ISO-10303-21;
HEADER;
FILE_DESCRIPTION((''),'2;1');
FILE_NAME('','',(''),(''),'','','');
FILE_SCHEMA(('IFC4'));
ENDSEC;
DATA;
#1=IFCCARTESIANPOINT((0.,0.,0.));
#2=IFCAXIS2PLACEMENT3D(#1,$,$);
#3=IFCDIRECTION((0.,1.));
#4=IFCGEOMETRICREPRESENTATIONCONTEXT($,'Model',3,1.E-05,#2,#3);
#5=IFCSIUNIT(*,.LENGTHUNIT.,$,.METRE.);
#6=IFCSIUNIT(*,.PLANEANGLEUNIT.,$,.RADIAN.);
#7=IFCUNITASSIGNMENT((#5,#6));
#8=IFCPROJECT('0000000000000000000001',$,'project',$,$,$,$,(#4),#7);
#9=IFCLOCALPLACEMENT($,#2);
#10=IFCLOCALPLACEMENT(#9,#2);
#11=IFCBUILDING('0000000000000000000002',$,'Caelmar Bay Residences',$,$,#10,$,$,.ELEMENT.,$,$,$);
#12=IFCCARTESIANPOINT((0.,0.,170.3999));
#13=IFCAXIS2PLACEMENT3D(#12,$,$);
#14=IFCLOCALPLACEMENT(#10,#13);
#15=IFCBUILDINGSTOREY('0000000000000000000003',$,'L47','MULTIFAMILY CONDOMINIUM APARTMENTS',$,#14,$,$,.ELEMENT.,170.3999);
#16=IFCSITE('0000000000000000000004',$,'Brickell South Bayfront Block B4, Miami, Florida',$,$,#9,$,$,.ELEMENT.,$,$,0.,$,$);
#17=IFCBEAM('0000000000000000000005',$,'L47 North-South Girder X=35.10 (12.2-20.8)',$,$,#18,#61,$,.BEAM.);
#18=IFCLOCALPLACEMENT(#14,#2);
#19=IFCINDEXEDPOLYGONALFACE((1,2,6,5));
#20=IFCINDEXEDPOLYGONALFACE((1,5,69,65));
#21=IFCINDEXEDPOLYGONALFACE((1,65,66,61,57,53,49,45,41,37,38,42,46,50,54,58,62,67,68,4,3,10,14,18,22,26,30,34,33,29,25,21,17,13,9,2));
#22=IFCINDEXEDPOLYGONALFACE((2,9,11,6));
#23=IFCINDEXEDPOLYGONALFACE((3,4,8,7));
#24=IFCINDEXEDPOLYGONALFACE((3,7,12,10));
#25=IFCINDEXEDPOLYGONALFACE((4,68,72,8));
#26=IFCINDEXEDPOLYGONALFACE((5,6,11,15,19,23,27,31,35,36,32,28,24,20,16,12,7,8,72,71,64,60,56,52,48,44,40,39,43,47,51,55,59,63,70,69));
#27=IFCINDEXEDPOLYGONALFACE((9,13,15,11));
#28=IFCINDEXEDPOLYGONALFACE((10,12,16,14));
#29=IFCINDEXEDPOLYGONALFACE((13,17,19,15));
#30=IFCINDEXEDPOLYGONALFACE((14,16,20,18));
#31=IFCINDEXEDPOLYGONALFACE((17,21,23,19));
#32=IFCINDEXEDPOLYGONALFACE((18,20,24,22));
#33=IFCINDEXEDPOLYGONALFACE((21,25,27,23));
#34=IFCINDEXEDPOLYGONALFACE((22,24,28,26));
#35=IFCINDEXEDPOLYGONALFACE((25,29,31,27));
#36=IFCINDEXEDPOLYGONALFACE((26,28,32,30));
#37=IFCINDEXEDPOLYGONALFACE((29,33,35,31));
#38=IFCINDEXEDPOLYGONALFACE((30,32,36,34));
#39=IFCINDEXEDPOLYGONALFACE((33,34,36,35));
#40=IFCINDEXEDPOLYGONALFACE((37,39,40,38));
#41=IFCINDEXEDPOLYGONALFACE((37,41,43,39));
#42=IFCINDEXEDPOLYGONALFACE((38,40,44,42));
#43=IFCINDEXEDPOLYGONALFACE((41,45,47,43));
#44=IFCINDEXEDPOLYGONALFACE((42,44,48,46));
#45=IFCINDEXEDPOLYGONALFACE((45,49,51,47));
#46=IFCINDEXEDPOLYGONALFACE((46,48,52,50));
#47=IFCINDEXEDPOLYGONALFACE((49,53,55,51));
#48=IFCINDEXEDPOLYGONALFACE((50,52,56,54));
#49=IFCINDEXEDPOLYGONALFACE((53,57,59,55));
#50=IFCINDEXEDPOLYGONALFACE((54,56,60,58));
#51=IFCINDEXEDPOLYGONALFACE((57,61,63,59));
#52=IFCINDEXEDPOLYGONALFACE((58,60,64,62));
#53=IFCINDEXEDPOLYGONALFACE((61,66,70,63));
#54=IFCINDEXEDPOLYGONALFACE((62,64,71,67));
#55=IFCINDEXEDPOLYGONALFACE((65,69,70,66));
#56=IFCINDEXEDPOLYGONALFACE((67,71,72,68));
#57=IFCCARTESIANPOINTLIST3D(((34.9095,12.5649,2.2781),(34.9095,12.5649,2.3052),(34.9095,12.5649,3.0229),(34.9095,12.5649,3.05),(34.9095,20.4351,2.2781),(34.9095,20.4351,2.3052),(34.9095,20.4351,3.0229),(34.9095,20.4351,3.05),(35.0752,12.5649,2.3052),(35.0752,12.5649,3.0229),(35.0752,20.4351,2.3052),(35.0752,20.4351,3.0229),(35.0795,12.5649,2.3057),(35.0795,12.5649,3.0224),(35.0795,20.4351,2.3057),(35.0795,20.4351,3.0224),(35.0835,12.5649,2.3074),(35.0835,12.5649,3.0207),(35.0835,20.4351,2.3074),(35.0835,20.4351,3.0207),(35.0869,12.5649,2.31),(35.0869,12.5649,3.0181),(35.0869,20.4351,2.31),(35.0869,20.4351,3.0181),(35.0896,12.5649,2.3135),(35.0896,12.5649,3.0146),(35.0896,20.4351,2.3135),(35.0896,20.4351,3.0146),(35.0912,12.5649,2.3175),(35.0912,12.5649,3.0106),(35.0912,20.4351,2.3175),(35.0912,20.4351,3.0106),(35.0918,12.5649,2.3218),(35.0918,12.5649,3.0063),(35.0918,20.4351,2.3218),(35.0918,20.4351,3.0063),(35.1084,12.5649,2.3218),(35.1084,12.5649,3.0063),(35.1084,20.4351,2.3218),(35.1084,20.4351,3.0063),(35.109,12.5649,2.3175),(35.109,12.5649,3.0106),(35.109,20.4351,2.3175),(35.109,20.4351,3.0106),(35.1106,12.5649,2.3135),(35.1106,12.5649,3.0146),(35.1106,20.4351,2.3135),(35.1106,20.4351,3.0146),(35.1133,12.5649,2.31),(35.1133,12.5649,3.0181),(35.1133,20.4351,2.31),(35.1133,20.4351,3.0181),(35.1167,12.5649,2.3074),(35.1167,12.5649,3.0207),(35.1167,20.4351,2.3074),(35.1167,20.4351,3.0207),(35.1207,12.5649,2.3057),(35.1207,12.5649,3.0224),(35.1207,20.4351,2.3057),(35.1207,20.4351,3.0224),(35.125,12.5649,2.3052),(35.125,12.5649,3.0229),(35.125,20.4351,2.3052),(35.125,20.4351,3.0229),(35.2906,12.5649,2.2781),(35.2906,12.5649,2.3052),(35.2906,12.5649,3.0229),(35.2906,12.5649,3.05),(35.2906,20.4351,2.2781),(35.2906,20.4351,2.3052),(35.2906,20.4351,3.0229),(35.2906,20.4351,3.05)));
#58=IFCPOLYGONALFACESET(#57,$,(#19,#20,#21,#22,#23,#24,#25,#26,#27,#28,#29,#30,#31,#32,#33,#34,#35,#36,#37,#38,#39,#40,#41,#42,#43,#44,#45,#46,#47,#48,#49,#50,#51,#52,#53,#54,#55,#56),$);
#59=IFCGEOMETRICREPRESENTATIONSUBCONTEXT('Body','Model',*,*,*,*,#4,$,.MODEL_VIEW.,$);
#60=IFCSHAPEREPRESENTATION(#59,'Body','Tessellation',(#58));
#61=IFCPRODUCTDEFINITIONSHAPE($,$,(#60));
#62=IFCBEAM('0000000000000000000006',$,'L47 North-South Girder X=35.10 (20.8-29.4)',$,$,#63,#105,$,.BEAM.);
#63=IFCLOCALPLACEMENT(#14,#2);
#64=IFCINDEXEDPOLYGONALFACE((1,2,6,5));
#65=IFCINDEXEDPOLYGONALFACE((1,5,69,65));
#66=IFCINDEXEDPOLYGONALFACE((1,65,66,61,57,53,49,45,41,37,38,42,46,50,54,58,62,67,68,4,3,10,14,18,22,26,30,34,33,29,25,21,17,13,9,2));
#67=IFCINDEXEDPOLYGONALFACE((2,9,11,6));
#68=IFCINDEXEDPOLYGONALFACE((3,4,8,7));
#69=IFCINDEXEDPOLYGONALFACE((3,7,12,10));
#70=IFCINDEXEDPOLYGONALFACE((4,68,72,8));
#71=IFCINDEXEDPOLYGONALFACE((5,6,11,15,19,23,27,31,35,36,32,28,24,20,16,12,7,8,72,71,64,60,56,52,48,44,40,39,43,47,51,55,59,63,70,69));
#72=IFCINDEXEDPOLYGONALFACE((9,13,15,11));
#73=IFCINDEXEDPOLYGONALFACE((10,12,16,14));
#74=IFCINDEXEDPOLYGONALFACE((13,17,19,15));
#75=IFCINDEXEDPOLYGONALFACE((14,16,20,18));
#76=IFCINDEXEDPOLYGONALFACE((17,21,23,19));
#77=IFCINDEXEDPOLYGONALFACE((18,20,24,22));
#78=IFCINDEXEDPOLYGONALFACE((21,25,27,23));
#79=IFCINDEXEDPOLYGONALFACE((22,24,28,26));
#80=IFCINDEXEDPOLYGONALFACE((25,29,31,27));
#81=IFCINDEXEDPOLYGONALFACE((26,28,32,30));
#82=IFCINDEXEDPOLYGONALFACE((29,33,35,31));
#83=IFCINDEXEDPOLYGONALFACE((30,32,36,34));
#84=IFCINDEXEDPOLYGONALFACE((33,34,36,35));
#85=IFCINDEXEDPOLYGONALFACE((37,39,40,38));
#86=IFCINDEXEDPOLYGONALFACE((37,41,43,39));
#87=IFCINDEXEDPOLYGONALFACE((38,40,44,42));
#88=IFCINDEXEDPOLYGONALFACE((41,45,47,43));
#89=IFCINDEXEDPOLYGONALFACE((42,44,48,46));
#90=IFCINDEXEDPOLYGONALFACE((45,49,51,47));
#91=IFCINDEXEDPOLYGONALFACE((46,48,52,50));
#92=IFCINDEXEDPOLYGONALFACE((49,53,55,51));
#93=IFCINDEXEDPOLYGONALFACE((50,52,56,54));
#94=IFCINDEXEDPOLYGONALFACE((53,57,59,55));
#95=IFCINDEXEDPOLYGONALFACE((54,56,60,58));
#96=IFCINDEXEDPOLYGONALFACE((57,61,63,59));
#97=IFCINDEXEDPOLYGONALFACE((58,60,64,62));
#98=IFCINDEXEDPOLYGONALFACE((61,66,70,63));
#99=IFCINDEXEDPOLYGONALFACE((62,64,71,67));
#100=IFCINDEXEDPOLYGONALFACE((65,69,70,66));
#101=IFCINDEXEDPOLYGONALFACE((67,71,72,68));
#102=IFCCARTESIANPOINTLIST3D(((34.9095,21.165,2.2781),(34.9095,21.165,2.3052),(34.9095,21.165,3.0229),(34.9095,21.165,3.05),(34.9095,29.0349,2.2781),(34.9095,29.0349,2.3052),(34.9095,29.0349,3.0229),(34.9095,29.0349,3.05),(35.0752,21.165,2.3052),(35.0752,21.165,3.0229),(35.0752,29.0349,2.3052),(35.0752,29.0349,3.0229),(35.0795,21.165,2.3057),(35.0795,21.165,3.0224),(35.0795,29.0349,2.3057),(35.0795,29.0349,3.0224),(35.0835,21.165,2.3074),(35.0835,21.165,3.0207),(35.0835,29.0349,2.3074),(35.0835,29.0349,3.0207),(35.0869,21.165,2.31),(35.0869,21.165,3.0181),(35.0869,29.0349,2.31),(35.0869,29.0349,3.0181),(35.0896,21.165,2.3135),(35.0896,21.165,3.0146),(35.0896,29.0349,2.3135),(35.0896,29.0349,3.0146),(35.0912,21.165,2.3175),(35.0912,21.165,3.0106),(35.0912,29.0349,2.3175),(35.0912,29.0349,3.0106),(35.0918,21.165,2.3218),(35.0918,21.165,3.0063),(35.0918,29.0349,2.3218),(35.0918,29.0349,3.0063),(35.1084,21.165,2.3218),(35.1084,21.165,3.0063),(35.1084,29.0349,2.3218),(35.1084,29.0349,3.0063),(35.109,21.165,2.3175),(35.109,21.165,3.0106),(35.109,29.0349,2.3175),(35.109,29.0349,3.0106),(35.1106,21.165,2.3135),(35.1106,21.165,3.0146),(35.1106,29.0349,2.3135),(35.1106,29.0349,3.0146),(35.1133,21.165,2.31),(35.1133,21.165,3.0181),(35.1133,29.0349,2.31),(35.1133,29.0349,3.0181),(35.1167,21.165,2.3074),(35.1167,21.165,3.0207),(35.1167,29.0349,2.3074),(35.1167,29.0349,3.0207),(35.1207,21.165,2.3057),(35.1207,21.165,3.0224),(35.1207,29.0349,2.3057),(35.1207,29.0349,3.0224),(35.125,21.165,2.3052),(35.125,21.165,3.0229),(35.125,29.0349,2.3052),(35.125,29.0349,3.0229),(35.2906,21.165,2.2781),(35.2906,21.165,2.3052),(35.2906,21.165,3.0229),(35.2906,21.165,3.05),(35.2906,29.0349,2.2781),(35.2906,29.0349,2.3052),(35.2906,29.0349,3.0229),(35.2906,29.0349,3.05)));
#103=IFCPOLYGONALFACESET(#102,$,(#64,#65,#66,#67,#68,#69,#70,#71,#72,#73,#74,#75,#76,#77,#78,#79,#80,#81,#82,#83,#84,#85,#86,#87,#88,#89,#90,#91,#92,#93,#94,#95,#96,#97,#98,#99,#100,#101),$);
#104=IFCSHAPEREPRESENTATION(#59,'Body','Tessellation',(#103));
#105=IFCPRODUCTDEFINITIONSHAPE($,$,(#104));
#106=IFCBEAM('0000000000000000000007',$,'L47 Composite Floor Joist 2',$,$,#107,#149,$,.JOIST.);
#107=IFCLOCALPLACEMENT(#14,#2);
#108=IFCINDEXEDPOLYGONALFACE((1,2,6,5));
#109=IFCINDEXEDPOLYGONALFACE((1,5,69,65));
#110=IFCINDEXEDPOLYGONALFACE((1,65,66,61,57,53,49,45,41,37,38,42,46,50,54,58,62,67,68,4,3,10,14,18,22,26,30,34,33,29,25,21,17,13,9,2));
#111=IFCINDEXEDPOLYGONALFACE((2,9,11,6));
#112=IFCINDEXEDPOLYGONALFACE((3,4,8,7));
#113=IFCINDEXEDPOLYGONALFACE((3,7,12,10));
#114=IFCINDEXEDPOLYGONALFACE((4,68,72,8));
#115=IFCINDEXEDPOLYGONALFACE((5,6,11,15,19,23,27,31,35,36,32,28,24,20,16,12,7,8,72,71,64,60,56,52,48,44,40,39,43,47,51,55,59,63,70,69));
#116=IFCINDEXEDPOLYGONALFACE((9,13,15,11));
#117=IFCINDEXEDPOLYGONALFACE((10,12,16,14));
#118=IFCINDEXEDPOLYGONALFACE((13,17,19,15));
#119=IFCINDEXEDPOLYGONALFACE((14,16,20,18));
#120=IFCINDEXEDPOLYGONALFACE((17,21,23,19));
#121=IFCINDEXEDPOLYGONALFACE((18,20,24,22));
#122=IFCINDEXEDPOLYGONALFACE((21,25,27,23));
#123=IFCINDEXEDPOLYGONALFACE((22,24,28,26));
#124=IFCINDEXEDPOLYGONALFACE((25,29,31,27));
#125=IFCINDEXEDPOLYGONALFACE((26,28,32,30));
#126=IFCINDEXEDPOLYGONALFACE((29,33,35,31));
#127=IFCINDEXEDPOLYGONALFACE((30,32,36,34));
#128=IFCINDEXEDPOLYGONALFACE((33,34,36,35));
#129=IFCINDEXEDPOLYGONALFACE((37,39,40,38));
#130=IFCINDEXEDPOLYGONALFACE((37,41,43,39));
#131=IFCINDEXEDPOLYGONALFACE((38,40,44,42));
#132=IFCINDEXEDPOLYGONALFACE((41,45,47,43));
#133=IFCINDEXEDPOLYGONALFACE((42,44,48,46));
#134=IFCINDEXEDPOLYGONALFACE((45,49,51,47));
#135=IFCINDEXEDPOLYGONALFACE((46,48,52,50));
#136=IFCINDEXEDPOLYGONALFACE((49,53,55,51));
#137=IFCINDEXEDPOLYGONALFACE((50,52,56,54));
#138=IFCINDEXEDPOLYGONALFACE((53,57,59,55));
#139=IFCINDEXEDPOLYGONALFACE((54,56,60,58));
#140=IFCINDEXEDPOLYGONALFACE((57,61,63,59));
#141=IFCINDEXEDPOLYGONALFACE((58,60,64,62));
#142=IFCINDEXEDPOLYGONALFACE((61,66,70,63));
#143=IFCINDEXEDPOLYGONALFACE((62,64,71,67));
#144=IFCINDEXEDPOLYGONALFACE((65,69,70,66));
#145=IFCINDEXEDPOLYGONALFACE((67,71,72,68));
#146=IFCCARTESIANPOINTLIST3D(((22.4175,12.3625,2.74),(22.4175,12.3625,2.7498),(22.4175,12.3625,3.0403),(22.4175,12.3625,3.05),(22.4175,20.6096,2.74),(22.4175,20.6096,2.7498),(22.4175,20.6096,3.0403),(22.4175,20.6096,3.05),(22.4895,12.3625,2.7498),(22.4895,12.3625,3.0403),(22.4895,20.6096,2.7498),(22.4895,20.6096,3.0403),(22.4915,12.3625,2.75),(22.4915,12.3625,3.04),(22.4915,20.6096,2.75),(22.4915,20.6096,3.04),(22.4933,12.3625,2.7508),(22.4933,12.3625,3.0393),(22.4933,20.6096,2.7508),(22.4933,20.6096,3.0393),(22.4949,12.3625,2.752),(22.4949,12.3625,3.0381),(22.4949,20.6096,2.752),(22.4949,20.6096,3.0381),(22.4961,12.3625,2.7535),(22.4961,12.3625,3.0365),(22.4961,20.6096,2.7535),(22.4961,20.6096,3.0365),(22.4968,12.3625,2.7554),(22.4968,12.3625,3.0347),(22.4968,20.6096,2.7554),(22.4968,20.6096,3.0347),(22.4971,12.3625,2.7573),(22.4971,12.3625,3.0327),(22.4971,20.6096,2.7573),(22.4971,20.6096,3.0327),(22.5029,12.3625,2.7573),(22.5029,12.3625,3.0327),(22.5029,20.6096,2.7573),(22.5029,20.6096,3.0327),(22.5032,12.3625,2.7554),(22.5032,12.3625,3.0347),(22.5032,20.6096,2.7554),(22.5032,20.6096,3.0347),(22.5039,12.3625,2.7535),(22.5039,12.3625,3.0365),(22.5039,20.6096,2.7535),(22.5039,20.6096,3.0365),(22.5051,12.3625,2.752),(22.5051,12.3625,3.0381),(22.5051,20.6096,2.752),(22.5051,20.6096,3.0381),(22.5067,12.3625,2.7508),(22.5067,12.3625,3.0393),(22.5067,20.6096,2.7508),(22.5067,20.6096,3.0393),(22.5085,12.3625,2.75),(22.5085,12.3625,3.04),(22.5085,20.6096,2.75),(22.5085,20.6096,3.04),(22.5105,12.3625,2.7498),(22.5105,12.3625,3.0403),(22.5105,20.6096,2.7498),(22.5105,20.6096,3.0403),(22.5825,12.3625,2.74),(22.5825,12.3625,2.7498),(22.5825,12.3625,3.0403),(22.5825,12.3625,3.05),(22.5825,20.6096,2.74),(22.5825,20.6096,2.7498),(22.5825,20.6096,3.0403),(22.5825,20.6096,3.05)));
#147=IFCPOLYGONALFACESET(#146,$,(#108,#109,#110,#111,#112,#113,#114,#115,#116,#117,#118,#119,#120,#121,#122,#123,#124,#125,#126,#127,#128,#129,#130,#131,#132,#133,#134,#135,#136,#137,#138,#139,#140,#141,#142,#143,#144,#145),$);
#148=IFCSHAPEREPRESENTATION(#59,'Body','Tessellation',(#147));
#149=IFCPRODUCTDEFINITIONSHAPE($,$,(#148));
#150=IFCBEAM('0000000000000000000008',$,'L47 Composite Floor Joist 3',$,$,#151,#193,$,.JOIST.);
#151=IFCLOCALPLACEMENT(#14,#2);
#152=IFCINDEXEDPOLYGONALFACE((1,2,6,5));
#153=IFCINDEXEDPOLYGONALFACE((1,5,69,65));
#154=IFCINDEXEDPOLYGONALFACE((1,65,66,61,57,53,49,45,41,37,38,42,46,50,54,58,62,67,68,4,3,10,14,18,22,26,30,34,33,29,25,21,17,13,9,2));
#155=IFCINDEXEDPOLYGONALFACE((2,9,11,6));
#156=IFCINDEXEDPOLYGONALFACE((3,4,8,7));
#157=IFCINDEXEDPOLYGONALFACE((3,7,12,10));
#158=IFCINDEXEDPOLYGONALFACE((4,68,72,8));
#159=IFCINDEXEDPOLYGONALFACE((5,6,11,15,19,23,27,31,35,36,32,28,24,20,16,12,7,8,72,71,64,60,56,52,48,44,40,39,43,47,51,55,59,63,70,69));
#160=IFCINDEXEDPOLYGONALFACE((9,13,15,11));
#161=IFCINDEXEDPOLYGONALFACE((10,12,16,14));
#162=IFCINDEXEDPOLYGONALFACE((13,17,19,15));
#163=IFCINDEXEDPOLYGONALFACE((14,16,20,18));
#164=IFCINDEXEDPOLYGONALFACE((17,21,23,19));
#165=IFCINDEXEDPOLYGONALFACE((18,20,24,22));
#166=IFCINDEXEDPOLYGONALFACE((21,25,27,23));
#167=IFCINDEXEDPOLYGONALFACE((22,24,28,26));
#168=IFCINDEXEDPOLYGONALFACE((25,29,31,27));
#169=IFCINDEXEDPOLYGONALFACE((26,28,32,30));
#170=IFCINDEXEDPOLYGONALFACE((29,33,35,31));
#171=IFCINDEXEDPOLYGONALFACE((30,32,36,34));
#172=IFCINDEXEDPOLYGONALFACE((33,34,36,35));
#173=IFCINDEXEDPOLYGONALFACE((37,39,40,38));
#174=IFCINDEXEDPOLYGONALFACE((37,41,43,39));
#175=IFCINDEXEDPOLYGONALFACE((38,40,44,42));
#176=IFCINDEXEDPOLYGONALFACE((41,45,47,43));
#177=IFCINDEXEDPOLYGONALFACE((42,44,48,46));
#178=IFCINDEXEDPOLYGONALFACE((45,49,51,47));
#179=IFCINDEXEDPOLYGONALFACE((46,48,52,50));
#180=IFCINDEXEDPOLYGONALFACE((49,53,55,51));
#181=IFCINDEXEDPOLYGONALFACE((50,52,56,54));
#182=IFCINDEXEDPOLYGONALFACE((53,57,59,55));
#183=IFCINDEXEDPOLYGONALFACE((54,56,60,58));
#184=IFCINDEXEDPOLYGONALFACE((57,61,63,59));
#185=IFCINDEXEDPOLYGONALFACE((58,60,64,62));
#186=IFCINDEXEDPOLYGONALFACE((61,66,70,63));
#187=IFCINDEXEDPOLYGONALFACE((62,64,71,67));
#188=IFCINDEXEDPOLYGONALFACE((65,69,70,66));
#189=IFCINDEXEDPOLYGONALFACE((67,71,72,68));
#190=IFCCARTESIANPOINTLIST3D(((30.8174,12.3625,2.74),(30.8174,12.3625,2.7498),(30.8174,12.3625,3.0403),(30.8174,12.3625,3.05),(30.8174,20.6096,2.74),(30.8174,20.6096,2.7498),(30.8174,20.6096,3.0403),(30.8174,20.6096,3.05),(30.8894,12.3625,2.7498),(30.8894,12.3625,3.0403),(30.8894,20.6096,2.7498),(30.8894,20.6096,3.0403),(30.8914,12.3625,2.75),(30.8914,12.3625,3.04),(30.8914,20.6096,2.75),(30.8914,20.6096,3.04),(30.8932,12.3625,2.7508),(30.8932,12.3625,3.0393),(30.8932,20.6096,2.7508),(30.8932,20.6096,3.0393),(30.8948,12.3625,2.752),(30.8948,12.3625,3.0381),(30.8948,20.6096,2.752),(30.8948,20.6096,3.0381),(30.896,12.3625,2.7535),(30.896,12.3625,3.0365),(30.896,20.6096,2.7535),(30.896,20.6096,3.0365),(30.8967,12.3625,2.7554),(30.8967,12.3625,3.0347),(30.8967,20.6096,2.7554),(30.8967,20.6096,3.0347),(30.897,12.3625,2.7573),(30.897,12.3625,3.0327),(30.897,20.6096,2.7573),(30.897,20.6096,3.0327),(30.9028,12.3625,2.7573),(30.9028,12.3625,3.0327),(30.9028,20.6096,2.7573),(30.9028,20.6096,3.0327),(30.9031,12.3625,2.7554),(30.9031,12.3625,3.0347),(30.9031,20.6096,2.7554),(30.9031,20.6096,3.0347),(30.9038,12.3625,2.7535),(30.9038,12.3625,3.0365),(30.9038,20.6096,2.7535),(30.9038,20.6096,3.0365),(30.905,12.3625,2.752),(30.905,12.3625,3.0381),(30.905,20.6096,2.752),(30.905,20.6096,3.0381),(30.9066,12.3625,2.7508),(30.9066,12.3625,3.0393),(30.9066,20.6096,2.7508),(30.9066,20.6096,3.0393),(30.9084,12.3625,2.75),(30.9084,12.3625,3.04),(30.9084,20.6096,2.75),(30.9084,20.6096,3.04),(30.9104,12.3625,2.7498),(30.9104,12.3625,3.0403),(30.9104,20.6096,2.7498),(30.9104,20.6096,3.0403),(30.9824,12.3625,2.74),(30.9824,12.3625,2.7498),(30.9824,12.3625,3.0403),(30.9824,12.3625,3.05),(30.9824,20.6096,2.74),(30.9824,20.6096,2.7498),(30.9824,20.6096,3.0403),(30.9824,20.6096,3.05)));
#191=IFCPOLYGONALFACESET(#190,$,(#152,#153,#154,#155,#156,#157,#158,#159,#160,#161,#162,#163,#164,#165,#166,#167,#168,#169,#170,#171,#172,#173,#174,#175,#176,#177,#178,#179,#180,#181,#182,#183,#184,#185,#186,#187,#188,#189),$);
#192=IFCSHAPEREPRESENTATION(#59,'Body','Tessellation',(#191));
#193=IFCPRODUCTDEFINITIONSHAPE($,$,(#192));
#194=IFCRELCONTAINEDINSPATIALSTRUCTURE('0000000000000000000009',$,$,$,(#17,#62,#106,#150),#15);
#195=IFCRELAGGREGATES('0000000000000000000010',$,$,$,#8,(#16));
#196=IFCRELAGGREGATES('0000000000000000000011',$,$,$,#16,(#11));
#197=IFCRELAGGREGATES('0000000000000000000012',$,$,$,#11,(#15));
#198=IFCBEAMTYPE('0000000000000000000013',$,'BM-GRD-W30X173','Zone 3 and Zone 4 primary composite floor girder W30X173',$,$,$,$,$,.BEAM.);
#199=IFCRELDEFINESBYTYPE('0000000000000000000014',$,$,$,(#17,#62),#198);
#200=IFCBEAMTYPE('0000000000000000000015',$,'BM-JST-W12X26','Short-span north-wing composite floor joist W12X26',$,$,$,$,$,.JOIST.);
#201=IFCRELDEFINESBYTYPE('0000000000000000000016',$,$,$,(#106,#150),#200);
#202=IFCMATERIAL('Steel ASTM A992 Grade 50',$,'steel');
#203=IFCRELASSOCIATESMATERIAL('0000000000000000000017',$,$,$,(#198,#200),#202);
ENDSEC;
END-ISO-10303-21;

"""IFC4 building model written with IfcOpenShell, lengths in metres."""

from ifc_helpers import new_model, si_unit, direction, frame, origin, origin_2d, place, context, subcontext, project, spatial, i_section, extrude, material, material_profile, profile_set, type_object, element, save


model = new_model("IFC4")

# Units and contexts
model_context = context("Model", 3, precision=1e-05, world=origin(), true_north=direction((0.0, 1.0)))
body_context = subcontext(model_context, "Body", "Model", "MODEL_VIEW")
ifc_project = project(units=[si_unit("LENGTHUNIT", "METRE"), si_unit("PLANEANGLEUNIT", "RADIAN")], contexts=[model_context])

# Site, building, storey
site_placement = place(None, origin())
site = spatial("IfcSite", under=ifc_project, at=site_placement, Name="Brickell South Bayfront Block B4, Miami, Florida", CompositionType="ELEMENT", RefElevation=0.0)
building_placement = place(site_placement, origin())
building = spatial("IfcBuilding", under=site, at=building_placement, Name="Caelmar Bay Residences", CompositionType="ELEMENT")
storey_placement = place(building_placement, frame((0.0, 0.0, 170.3999)))
storey = spatial("IfcBuildingStorey", under=building, at=storey_placement, Name="L47", Description="MULTIFAMILY CONDOMINIUM APARTMENTS", CompositionType="ELEMENT", Elevation=170.3999)

# Beams
ifc_material_1 = material(Name="Steel ASTM A992 Grade 50", Category="steel")
ifc_material_profile_1 = material_profile(ifc_material_1, i_section(OverallWidth=0.3811, OverallDepth=0.772, WebThickness=0.0166, FlangeThickness=0.0271, FilletRadius=0.0166, at=origin_2d()), Name="W30X173")
ifc_profile_set_1 = profile_set([ifc_material_profile_1], Name="Steel ASTM A992 Grade 50")
beam_type_1 = type_object("IfcBeamType", Name="BM-GRD-W30X173", Description="Zone 3 and Zone 4 primary composite floor girder W30X173", PredefinedType="BEAM", material=ifc_profile_set_1)
for number, where, z_axis, x_axis, name in (
    (1, (35.1001, 12.5649, 2.6641), (0.0, 1.0, 0.0), (-1.0, 0.0, 0.0), "L47 North-South Girder X=35.10 (12.2-20.8)"),
):
    element("IfcBeam", number, at=place(storey_placement, frame(where, z_axis=z_axis, x_axis=x_axis)), inside=storey, type_object=beam_type_1, Name=name, PredefinedType="BEAM", context=body_context, shape_type="SweptSolid", body=[
        extrude(i_section(OverallWidth=0.3811, OverallDepth=0.772, WebThickness=0.0166, FlangeThickness=0.0271, FilletRadius=0.0166, at=origin_2d()), origin(), (0.0, 0.0, 1.0), 7.8701),
    ])
beam_1_placement = place(storey_placement, frame((35.1001, 21.165, 2.6641), z_axis=(0.0, 1.0, 0.0), x_axis=(-1.0, 0.0, 0.0)))
element("IfcBeam", 2, at=beam_1_placement, inside=storey, type_object=beam_type_1, Name="L47 North-South Girder X=35.10 (20.8-29.4)", PredefinedType="BEAM", context=body_context, shape_type="SweptSolid", body=[
    extrude(i_section(OverallWidth=0.3811, OverallDepth=0.772, WebThickness=0.0166, FlangeThickness=0.0271, FilletRadius=0.0166, at=origin_2d()), origin(), (0.0, 0.0, 1.0), 7.8699),
])
ifc_material_profile_2 = material_profile(ifc_material_1, i_section(OverallWidth=0.165, OverallDepth=0.3101, WebThickness=0.0059, FlangeThickness=0.0098, FilletRadius=0.0076, at=origin_2d()), Name="W12X26")
ifc_profile_set_2 = profile_set([ifc_material_profile_2], Name="Steel ASTM A992 Grade 50")
beam_type_2 = type_object("IfcBeamType", Name="BM-JST-W12X26", Description="Short-span north-wing composite floor joist W12X26", PredefinedType="JOIST", material=ifc_profile_set_2)
for number, where, z_axis, x_axis, name in (
    (3, (22.5, 12.3625, 2.895), (0.0, 1.0, 0.0), (-1.0, 0.0, 0.0), "L47 Composite Floor Joist 2"),
    (4, (30.8999, 12.3625, 2.895), (0.0, 1.0, 0.0), (-1.0, 0.0, 0.0), "L47 Composite Floor Joist 3"),
):
    element("IfcBeam", number, at=place(storey_placement, frame(where, z_axis=z_axis, x_axis=x_axis)), inside=storey, type_object=beam_type_2, Name=name, PredefinedType="JOIST", context=body_context, shape_type="SweptSolid", body=[
        extrude(i_section(OverallWidth=0.165, OverallDepth=0.3101, WebThickness=0.0059, FlangeThickness=0.0098, FilletRadius=0.0076, at=origin_2d()), origin(), (0.0, 0.0, 1.0), 8.2471),
    ])

save(model, "model.ifc")
